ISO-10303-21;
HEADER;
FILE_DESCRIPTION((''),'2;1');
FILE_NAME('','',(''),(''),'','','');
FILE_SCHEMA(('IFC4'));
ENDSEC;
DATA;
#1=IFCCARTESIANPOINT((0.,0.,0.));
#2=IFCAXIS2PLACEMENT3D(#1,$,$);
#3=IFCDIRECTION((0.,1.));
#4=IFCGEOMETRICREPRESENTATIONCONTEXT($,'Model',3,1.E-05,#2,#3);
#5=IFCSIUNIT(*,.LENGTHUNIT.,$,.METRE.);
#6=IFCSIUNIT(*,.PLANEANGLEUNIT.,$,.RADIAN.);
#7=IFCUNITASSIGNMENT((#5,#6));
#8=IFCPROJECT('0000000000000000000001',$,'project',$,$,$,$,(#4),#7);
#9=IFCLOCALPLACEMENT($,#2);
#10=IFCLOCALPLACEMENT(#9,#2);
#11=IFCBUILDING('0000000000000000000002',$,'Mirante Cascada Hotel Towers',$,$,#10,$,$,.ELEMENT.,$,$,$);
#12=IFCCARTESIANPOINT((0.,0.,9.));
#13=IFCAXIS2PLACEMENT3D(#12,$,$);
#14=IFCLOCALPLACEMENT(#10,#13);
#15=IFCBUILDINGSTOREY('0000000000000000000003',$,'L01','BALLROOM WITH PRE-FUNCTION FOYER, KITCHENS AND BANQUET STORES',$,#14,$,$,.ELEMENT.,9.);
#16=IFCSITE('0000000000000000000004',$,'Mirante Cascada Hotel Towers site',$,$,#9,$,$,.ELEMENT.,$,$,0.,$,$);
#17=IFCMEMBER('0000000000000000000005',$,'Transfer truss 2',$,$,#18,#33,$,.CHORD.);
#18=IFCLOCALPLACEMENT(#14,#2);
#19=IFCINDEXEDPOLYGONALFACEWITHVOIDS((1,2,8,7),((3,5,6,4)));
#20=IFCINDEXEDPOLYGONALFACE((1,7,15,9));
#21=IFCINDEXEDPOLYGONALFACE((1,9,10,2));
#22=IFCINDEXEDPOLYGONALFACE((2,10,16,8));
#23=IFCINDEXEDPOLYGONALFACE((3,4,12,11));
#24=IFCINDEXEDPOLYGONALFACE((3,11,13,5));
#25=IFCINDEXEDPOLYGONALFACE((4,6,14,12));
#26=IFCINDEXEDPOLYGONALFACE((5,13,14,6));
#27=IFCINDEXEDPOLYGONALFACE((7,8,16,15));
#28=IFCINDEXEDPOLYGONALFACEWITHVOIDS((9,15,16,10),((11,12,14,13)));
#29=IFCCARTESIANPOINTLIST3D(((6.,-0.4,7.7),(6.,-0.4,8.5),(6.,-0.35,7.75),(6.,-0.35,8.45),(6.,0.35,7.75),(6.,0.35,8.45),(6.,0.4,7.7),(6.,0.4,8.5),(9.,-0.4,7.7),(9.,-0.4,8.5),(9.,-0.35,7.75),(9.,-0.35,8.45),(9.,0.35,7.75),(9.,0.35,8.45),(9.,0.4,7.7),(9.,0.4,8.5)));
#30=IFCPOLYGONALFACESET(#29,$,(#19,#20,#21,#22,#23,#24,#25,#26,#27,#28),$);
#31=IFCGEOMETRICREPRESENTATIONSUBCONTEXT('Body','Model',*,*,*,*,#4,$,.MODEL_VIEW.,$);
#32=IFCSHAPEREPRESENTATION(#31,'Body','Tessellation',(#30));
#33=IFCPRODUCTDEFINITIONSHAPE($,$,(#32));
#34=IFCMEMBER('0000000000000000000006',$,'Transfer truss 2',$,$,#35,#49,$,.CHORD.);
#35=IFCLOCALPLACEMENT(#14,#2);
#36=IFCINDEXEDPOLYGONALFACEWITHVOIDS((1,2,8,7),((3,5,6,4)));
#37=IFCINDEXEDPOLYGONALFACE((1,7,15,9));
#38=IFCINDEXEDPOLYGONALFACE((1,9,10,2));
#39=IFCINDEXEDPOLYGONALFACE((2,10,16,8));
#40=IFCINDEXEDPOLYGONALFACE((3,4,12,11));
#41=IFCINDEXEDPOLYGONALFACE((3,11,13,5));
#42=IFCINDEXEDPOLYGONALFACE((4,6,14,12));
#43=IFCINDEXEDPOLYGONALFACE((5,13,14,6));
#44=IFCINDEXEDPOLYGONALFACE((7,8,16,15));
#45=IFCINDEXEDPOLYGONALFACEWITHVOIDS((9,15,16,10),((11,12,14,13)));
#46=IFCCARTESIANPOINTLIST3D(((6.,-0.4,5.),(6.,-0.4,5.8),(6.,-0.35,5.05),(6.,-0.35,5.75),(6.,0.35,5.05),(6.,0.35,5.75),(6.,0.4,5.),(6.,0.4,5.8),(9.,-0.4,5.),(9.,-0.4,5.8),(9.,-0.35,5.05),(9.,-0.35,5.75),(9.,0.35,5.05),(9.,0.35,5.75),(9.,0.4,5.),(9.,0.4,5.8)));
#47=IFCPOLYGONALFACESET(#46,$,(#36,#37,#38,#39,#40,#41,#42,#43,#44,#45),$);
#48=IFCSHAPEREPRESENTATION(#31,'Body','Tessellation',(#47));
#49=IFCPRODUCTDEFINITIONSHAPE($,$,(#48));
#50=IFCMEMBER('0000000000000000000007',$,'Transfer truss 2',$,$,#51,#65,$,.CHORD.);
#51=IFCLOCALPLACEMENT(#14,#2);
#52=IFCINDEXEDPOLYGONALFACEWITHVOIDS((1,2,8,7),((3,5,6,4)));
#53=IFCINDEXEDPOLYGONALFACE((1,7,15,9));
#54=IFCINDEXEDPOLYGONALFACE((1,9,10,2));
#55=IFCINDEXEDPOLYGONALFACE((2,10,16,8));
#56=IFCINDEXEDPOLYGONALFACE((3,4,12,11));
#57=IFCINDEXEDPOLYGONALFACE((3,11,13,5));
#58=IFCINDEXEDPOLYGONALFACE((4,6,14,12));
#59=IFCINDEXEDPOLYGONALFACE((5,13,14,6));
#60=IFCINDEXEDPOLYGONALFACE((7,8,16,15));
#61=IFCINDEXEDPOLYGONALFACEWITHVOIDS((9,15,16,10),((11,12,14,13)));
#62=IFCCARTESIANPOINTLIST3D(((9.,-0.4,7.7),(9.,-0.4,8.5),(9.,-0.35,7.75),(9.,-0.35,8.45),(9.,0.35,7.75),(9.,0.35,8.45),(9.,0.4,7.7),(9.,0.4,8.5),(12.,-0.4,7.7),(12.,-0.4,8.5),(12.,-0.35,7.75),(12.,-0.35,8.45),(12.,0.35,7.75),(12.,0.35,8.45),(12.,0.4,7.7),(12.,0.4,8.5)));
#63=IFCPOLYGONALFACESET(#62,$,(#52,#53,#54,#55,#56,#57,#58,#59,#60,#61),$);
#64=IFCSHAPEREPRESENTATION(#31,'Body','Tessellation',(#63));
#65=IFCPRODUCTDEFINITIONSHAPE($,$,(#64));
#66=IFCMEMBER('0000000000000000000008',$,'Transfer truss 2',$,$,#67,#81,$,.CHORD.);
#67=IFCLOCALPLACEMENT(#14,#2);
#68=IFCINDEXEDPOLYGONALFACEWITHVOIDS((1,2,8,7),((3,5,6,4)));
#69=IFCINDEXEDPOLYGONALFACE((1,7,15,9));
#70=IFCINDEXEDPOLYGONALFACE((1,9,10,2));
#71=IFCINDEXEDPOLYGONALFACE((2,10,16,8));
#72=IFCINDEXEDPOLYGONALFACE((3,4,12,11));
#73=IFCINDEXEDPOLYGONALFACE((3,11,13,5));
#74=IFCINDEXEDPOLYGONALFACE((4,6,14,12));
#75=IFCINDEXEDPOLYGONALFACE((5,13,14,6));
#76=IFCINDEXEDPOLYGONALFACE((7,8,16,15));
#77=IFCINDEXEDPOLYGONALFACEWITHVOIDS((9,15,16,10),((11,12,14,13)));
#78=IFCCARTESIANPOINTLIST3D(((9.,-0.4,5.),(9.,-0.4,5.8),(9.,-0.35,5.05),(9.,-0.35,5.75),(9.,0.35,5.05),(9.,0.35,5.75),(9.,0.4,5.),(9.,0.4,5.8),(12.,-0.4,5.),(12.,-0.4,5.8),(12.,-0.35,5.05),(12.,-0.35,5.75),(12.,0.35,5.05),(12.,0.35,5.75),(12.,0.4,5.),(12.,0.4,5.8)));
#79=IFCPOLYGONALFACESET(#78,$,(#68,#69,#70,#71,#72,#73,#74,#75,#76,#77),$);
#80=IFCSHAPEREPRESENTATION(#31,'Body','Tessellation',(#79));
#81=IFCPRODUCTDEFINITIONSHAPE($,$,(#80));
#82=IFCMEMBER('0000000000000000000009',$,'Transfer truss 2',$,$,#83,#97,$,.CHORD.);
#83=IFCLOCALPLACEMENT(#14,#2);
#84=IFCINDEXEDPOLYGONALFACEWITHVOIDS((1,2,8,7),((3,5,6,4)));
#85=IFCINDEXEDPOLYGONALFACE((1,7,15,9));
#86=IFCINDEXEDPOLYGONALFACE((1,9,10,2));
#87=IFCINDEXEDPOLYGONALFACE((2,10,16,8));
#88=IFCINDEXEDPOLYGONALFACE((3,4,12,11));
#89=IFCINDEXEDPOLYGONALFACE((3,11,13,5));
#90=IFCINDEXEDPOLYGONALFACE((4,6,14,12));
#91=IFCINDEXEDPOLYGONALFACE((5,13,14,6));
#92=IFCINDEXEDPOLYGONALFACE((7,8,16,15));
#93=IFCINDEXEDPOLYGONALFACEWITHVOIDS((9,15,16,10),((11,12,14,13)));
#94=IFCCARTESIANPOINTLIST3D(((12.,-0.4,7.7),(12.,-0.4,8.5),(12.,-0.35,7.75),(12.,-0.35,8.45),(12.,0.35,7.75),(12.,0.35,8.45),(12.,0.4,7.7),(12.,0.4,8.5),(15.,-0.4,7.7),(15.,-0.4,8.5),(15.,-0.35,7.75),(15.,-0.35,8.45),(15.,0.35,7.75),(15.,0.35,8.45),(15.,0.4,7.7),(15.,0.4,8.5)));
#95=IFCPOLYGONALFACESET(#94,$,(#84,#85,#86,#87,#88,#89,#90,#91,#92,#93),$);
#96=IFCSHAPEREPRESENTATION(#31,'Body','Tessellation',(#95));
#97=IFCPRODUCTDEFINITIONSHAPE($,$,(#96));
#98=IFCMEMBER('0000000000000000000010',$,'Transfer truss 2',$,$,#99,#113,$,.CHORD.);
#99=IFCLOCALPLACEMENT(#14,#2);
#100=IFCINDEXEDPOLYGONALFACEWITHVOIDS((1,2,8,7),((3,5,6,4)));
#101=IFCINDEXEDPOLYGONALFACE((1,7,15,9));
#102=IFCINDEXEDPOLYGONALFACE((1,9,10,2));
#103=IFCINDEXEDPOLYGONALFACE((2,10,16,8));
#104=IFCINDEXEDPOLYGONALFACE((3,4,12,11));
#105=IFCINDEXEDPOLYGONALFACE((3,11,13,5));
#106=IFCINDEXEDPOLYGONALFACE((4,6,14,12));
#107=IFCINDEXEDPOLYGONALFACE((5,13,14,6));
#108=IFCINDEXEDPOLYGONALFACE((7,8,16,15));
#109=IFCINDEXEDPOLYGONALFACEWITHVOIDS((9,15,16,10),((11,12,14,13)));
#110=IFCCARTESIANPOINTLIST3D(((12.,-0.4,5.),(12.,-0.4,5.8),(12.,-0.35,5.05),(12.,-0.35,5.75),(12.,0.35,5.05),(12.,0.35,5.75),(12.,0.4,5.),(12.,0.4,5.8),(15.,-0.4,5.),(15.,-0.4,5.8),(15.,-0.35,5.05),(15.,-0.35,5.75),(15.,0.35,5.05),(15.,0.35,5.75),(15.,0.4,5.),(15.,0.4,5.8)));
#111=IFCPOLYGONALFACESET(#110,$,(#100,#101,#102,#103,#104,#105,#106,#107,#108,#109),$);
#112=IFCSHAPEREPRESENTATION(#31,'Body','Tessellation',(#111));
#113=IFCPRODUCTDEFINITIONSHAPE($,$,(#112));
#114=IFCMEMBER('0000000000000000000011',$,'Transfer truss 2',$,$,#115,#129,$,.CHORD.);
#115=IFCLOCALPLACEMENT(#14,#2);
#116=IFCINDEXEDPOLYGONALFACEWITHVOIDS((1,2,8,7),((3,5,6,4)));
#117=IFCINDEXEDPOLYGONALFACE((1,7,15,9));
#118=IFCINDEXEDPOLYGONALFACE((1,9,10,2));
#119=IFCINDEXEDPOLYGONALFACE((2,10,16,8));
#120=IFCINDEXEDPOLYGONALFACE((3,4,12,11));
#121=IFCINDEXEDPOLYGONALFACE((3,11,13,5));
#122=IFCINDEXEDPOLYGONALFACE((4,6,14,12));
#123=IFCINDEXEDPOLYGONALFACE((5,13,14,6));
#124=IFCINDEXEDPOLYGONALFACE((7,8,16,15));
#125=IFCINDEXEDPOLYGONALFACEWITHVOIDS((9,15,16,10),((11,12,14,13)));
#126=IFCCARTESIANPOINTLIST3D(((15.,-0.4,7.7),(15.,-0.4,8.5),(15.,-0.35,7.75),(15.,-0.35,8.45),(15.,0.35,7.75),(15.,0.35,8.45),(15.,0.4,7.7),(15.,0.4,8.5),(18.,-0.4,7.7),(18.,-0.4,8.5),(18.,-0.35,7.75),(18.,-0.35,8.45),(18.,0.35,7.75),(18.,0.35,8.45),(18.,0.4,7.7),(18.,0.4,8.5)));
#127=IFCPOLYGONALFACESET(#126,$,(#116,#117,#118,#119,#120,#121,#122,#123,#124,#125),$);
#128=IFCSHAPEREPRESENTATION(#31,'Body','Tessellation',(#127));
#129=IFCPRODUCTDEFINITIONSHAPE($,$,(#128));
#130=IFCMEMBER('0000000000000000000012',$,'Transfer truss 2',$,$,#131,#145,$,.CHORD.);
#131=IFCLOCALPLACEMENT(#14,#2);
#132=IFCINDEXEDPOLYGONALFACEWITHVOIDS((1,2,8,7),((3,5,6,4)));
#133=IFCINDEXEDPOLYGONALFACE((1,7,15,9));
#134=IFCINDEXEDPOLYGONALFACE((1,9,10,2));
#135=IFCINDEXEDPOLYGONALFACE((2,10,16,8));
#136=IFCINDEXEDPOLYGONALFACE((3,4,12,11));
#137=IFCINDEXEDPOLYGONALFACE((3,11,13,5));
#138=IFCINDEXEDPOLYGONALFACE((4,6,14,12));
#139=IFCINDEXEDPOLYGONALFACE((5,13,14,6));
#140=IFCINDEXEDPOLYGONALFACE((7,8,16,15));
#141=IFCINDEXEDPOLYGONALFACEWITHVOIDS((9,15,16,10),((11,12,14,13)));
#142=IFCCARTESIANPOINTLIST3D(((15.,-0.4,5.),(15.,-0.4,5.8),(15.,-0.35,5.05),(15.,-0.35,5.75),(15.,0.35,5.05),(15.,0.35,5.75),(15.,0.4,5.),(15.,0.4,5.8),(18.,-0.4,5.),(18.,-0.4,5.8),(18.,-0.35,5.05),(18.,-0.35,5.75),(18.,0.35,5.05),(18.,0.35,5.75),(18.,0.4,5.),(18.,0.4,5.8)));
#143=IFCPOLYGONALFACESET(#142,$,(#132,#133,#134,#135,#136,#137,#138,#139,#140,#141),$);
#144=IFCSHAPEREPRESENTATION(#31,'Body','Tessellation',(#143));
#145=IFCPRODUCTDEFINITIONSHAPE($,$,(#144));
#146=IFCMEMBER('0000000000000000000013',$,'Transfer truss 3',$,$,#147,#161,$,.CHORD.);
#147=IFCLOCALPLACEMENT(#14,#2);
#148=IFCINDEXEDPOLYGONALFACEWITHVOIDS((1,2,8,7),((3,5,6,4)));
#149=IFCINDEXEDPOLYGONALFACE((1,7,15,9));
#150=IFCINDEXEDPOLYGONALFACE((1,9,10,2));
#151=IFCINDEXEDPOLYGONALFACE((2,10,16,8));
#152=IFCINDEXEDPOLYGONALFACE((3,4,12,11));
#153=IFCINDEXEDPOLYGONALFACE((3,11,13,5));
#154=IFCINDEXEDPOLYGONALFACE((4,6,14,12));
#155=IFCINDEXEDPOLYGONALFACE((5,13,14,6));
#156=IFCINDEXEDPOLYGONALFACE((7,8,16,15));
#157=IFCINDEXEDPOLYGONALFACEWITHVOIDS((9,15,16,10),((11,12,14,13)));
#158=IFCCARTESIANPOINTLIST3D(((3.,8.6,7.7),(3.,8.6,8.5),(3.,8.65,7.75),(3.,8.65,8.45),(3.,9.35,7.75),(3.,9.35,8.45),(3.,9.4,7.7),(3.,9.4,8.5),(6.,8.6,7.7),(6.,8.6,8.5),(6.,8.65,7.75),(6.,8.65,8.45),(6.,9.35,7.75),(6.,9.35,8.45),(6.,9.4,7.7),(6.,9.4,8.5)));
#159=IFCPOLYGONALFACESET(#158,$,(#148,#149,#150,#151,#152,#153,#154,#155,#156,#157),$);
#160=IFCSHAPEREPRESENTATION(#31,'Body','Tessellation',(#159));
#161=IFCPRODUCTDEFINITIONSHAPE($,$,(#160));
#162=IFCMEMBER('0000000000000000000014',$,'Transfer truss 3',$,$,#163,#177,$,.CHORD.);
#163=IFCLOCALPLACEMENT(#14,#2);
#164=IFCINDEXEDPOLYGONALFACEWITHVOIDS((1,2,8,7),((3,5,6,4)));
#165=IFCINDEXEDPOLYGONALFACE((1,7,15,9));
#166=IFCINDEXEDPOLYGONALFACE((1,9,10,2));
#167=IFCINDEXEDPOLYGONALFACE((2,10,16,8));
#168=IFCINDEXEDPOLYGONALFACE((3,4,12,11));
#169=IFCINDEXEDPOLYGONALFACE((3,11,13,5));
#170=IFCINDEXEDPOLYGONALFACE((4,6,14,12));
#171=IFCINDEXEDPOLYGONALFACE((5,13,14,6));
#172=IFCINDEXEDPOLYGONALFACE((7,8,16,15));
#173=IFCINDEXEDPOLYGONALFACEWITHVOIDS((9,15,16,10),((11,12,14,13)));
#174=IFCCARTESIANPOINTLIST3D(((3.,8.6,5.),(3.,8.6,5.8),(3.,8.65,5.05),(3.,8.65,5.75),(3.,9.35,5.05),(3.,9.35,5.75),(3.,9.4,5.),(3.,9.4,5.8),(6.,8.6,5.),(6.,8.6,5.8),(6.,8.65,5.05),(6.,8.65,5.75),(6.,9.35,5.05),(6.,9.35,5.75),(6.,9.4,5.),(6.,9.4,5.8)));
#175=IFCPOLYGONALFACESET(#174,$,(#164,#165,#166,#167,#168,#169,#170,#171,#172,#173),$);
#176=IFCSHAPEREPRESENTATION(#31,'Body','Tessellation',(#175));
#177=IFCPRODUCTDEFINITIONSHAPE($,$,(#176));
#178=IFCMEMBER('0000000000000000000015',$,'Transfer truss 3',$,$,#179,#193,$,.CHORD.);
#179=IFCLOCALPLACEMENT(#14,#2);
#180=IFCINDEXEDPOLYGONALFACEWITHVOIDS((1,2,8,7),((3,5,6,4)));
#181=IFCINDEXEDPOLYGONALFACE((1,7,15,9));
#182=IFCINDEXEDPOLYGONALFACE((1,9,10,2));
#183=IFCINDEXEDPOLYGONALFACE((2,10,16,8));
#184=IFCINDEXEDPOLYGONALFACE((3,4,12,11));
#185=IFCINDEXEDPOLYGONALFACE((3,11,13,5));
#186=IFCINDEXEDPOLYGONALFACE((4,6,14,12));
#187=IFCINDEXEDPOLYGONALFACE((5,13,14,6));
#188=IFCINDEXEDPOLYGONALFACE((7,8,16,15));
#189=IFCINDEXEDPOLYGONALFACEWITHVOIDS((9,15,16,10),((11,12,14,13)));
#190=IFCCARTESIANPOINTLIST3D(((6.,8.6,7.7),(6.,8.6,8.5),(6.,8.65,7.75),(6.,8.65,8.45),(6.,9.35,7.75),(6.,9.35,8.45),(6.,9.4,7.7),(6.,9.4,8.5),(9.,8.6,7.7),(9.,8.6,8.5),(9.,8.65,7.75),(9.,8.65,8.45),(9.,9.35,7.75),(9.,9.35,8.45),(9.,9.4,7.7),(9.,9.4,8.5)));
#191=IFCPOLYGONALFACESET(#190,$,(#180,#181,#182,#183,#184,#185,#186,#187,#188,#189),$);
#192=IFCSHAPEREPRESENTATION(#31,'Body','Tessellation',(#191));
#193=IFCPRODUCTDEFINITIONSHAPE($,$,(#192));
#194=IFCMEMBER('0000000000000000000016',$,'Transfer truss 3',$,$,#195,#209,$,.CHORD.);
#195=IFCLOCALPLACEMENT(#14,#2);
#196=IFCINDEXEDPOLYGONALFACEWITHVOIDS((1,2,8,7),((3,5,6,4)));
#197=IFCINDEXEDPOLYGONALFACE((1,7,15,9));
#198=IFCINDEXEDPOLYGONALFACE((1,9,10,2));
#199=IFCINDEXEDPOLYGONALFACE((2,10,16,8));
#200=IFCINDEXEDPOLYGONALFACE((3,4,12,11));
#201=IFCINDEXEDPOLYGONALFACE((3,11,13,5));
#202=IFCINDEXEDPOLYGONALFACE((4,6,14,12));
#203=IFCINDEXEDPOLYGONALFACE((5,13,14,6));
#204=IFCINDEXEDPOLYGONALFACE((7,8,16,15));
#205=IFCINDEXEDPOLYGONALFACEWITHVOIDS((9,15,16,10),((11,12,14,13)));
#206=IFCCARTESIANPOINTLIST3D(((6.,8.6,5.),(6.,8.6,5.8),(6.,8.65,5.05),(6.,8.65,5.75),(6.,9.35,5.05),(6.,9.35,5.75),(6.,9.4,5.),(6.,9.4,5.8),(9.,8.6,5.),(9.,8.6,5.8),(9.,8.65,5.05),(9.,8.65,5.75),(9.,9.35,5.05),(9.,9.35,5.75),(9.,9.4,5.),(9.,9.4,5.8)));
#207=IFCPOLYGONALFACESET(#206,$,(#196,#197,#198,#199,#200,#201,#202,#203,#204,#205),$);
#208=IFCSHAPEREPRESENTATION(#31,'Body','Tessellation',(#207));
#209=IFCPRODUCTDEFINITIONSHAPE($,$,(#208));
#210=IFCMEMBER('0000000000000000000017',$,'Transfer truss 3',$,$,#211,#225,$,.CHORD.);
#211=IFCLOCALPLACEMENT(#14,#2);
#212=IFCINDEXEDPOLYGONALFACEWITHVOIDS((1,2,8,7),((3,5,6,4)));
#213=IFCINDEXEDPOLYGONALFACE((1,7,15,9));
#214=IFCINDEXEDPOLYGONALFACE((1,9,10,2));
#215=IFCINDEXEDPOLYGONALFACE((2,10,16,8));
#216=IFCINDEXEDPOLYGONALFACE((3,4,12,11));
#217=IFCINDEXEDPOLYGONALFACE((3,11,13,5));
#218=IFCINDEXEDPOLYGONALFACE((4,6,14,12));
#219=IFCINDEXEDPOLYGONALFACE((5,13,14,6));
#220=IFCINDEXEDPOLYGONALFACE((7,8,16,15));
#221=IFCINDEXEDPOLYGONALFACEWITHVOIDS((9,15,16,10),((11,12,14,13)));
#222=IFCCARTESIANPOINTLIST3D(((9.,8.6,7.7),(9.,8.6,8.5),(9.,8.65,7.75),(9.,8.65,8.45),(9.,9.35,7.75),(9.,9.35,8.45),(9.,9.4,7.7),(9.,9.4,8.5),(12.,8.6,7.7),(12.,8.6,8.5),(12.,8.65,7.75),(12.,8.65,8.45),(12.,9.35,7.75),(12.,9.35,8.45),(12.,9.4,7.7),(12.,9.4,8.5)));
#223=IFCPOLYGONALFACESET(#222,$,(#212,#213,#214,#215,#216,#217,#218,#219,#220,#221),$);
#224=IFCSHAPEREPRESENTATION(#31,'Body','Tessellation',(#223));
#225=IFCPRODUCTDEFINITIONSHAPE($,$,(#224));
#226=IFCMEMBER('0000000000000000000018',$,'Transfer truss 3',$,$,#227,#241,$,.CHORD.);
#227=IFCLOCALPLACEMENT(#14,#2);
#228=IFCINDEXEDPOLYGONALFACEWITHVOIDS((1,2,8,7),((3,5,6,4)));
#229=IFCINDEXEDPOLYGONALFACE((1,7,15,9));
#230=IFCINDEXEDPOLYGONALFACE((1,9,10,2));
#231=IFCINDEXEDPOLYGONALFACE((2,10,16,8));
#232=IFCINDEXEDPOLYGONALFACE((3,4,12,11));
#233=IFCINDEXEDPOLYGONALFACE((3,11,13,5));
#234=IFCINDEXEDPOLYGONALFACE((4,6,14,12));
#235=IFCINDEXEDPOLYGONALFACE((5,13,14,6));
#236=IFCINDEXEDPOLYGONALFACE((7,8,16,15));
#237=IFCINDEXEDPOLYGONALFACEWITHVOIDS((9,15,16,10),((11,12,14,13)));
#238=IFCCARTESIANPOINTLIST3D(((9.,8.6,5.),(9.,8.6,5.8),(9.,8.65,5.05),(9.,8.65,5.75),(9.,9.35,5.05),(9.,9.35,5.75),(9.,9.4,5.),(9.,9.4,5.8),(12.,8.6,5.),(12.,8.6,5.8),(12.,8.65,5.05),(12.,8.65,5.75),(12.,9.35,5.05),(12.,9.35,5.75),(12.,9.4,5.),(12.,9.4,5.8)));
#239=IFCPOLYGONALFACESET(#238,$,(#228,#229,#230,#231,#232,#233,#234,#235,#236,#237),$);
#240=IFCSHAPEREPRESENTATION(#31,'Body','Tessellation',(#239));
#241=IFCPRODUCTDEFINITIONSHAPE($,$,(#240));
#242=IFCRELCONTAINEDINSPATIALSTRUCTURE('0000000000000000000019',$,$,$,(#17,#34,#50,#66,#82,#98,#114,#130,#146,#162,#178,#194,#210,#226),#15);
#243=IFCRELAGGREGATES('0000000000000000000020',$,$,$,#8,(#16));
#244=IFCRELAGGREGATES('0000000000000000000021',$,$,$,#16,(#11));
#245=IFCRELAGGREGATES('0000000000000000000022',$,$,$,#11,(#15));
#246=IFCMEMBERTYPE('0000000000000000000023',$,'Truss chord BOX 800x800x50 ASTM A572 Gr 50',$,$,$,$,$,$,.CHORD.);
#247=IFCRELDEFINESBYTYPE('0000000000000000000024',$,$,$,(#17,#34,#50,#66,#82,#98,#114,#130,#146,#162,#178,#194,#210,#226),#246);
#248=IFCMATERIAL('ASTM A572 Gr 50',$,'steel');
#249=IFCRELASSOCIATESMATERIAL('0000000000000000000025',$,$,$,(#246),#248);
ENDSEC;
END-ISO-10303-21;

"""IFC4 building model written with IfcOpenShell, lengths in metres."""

from ifc_helpers import new_model, si_unit, direction, frame, origin, origin_2d, place, context, subcontext, project, spatial, hollow_rectangle, extrude, material, material_profile, profile_set, type_object, element, save


model = new_model("IFC4")

# Units and contexts
model_context = context("Model", 3, precision=1e-05, world=origin(), true_north=direction((0.0, 1.0)))
body_context = subcontext(model_context, "Body", "Model", "MODEL_VIEW")
ifc_project = project(units=[si_unit("LENGTHUNIT", "METRE"), si_unit("PLANEANGLEUNIT", "RADIAN")], contexts=[model_context])

# Site, building, storey
site_placement = place(None, origin())
site = spatial("IfcSite", under=ifc_project, at=site_placement, Name="Mirante Cascada Hotel Towers site", CompositionType="ELEMENT", RefElevation=0.0)
building_placement = place(site_placement, origin())
building = spatial("IfcBuilding", under=site, at=building_placement, Name="Mirante Cascada Hotel Towers", CompositionType="ELEMENT")
storey_placement = place(building_placement, frame((0.0, 0.0, 9.0)))
storey = spatial("IfcBuildingStorey", under=building, at=storey_placement, Name="L01", Description="BALLROOM WITH PRE-FUNCTION FOYER, KITCHENS AND BANQUET STORES", CompositionType="ELEMENT", Elevation=9.0)

# Members
ifc_material_1 = material(Name="ASTM A572 Gr 50", Category="steel")
ifc_material_profile_1 = material_profile(ifc_material_1, hollow_rectangle(XDim=0.8, YDim=0.8, WallThickness=0.05, at=origin_2d()), Name="BOX 800x800x50")
ifc_profile_set_1 = profile_set([ifc_material_profile_1], Name="ASTM A572 Gr 50")
member_type_1 = type_object("IfcMemberType", Name="Truss chord BOX 800x800x50 ASTM A572 Gr 50", PredefinedType="CHORD", material=ifc_profile_set_1)
for number, where, z_axis, x_axis, name in (
    (1, (6.0, 0.0, 8.1), (1.0, 0.0, 0.0), (0.0, 1.0, 0.0), "Transfer truss 2"),
    (2, (6.0, 0.0, 5.4), (1.0, 0.0, 0.0), (0.0, 1.0, 0.0), "Transfer truss 2"),
    (3, (9.0, 0.0, 8.1), (1.0, 0.0, 0.0), (0.0, 1.0, 0.0), "Transfer truss 2"),
    (4, (9.0, 0.0, 5.4), (1.0, 0.0, 0.0), (0.0, 1.0, 0.0), "Transfer truss 2"),
    (5, (12.0, 0.0, 8.1), (1.0, 0.0, 0.0), (0.0, 1.0, 0.0), "Transfer truss 2"),
    (6, (12.0, 0.0, 5.4), (1.0, 0.0, 0.0), (0.0, 1.0, 0.0), "Transfer truss 2"),
    (7, (15.0, 0.0, 8.1), (1.0, 0.0, 0.0), (0.0, 1.0, 0.0), "Transfer truss 2"),
    (8, (15.0, 0.0, 5.4), (1.0, 0.0, 0.0), (0.0, 1.0, 0.0), "Transfer truss 2"),
    (9, (3.0, 9.0, 8.1), (1.0, 0.0, 0.0), (0.0, 1.0, 0.0), "Transfer truss 3"),
    (10, (3.0, 9.0, 5.4), (1.0, 0.0, 0.0), (0.0, 1.0, 0.0), "Transfer truss 3"),
    (11, (6.0, 9.0, 8.1), (1.0, 0.0, 0.0), (0.0, 1.0, 0.0), "Transfer truss 3"),
    (12, (6.0, 9.0, 5.4), (1.0, 0.0, 0.0), (0.0, 1.0, 0.0), "Transfer truss 3"),
    (13, (9.0, 9.0, 8.1), (1.0, 0.0, 0.0), (0.0, 1.0, 0.0), "Transfer truss 3"),
    (14, (9.0, 9.0, 5.4), (1.0, 0.0, 0.0), (0.0, 1.0, 0.0), "Transfer truss 3"),
):
    element("IfcMember", number, at=place(storey_placement, frame(where, z_axis=z_axis, x_axis=x_axis)), inside=storey, type_object=member_type_1, Name=name, PredefinedType="CHORD", context=body_context, shape_type="SweptSolid", body=[
        extrude(hollow_rectangle(XDim=0.8, YDim=0.8, WallThickness=0.05, at=origin_2d()), origin(), (0.0, 0.0, 1.0), 3.0),
    ])

save(model, "model.ifc")
